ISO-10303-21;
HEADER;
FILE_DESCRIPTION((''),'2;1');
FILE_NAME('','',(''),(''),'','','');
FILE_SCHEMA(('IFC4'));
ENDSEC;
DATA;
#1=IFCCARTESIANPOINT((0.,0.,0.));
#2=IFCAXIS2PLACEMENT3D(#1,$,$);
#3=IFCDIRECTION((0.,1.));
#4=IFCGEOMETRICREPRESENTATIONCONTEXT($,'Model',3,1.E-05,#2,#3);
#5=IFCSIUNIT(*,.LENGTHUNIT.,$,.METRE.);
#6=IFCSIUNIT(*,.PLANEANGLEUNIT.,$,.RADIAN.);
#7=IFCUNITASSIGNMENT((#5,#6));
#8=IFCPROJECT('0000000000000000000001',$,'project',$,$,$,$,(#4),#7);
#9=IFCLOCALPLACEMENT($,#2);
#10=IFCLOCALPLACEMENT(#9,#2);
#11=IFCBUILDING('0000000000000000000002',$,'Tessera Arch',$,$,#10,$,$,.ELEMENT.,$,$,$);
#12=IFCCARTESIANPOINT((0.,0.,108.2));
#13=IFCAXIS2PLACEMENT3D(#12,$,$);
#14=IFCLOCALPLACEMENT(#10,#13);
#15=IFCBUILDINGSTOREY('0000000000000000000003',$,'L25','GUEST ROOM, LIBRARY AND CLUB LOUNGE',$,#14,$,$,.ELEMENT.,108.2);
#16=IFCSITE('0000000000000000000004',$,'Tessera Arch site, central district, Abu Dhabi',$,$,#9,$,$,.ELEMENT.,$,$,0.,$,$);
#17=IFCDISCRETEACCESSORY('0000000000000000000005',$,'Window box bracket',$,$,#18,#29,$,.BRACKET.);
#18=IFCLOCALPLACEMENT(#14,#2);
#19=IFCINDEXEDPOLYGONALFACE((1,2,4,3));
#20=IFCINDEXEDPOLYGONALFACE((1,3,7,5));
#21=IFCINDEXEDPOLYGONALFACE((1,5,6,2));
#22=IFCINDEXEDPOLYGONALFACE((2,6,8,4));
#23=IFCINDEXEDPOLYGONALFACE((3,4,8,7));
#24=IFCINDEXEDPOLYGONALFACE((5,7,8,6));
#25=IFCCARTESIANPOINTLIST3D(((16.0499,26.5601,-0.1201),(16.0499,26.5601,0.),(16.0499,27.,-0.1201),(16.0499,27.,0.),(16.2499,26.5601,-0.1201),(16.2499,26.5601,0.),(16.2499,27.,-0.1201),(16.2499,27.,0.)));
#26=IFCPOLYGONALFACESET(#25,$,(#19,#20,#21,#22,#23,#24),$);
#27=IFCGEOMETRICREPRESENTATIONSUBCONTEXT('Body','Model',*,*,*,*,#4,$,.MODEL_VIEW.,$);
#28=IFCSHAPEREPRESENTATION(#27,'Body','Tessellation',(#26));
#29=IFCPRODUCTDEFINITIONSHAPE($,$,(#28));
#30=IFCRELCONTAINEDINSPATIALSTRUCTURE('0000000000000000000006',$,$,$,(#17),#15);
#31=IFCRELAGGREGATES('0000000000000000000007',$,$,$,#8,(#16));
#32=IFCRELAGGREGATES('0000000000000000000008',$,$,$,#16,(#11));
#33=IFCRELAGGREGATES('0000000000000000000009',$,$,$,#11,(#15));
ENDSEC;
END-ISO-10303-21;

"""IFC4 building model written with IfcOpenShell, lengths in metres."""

from ifc_helpers import new_model, si_unit, direction, frame, origin, origin_2d, place, context, subcontext, project, spatial, rectangle, extrude, element, save


model = new_model("IFC4")

# Units and contexts
model_context = context("Model", 3, precision=1e-05, world=origin(), true_north=direction((0.0, 1.0)))
body_context = subcontext(model_context, "Body", "Model", "MODEL_VIEW")
ifc_project = project(units=[si_unit("LENGTHUNIT", "METRE"), si_unit("PLANEANGLEUNIT", "RADIAN")], contexts=[model_context])

# Site, building, storey
site_placement = place(None, origin())
site = spatial("IfcSite", under=ifc_project, at=site_placement, Name="Tessera Arch site, central district, Abu Dhabi", CompositionType="ELEMENT", RefElevation=0.0)
building_placement = place(site_placement, origin())
building = spatial("IfcBuilding", under=site, at=building_placement, Name="Tessera Arch", CompositionType="ELEMENT")
storey_placement = place(building_placement, frame((0.0, 0.0, 108.2)))
storey = spatial("IfcBuildingStorey", under=building, at=storey_placement, Name="L25", Description="GUEST ROOM, LIBRARY AND CLUB LOUNGE", CompositionType="ELEMENT", Elevation=108.2)

# Discrete accessory
for number, where, z_axis, x_axis, name in (
    (1, (16.1499, 26.78, -0.1201), (0.0, 0.0, 1.0), (0.0, -1.0, 0.0), "Window box bracket"),
):
    element("IfcDiscreteAccessory", number, at=place(storey_placement, frame(where, z_axis=z_axis, x_axis=x_axis)), inside=storey, Name=name, PredefinedType="BRACKET", context=body_context, shape_type="SweptSolid", body=[
        extrude(rectangle(XDim=0.4399, YDim=0.2, at=origin_2d()), origin(), (0.0, 0.0, 1.0), 0.1201),
    ])

save(model, "model.ifc")
